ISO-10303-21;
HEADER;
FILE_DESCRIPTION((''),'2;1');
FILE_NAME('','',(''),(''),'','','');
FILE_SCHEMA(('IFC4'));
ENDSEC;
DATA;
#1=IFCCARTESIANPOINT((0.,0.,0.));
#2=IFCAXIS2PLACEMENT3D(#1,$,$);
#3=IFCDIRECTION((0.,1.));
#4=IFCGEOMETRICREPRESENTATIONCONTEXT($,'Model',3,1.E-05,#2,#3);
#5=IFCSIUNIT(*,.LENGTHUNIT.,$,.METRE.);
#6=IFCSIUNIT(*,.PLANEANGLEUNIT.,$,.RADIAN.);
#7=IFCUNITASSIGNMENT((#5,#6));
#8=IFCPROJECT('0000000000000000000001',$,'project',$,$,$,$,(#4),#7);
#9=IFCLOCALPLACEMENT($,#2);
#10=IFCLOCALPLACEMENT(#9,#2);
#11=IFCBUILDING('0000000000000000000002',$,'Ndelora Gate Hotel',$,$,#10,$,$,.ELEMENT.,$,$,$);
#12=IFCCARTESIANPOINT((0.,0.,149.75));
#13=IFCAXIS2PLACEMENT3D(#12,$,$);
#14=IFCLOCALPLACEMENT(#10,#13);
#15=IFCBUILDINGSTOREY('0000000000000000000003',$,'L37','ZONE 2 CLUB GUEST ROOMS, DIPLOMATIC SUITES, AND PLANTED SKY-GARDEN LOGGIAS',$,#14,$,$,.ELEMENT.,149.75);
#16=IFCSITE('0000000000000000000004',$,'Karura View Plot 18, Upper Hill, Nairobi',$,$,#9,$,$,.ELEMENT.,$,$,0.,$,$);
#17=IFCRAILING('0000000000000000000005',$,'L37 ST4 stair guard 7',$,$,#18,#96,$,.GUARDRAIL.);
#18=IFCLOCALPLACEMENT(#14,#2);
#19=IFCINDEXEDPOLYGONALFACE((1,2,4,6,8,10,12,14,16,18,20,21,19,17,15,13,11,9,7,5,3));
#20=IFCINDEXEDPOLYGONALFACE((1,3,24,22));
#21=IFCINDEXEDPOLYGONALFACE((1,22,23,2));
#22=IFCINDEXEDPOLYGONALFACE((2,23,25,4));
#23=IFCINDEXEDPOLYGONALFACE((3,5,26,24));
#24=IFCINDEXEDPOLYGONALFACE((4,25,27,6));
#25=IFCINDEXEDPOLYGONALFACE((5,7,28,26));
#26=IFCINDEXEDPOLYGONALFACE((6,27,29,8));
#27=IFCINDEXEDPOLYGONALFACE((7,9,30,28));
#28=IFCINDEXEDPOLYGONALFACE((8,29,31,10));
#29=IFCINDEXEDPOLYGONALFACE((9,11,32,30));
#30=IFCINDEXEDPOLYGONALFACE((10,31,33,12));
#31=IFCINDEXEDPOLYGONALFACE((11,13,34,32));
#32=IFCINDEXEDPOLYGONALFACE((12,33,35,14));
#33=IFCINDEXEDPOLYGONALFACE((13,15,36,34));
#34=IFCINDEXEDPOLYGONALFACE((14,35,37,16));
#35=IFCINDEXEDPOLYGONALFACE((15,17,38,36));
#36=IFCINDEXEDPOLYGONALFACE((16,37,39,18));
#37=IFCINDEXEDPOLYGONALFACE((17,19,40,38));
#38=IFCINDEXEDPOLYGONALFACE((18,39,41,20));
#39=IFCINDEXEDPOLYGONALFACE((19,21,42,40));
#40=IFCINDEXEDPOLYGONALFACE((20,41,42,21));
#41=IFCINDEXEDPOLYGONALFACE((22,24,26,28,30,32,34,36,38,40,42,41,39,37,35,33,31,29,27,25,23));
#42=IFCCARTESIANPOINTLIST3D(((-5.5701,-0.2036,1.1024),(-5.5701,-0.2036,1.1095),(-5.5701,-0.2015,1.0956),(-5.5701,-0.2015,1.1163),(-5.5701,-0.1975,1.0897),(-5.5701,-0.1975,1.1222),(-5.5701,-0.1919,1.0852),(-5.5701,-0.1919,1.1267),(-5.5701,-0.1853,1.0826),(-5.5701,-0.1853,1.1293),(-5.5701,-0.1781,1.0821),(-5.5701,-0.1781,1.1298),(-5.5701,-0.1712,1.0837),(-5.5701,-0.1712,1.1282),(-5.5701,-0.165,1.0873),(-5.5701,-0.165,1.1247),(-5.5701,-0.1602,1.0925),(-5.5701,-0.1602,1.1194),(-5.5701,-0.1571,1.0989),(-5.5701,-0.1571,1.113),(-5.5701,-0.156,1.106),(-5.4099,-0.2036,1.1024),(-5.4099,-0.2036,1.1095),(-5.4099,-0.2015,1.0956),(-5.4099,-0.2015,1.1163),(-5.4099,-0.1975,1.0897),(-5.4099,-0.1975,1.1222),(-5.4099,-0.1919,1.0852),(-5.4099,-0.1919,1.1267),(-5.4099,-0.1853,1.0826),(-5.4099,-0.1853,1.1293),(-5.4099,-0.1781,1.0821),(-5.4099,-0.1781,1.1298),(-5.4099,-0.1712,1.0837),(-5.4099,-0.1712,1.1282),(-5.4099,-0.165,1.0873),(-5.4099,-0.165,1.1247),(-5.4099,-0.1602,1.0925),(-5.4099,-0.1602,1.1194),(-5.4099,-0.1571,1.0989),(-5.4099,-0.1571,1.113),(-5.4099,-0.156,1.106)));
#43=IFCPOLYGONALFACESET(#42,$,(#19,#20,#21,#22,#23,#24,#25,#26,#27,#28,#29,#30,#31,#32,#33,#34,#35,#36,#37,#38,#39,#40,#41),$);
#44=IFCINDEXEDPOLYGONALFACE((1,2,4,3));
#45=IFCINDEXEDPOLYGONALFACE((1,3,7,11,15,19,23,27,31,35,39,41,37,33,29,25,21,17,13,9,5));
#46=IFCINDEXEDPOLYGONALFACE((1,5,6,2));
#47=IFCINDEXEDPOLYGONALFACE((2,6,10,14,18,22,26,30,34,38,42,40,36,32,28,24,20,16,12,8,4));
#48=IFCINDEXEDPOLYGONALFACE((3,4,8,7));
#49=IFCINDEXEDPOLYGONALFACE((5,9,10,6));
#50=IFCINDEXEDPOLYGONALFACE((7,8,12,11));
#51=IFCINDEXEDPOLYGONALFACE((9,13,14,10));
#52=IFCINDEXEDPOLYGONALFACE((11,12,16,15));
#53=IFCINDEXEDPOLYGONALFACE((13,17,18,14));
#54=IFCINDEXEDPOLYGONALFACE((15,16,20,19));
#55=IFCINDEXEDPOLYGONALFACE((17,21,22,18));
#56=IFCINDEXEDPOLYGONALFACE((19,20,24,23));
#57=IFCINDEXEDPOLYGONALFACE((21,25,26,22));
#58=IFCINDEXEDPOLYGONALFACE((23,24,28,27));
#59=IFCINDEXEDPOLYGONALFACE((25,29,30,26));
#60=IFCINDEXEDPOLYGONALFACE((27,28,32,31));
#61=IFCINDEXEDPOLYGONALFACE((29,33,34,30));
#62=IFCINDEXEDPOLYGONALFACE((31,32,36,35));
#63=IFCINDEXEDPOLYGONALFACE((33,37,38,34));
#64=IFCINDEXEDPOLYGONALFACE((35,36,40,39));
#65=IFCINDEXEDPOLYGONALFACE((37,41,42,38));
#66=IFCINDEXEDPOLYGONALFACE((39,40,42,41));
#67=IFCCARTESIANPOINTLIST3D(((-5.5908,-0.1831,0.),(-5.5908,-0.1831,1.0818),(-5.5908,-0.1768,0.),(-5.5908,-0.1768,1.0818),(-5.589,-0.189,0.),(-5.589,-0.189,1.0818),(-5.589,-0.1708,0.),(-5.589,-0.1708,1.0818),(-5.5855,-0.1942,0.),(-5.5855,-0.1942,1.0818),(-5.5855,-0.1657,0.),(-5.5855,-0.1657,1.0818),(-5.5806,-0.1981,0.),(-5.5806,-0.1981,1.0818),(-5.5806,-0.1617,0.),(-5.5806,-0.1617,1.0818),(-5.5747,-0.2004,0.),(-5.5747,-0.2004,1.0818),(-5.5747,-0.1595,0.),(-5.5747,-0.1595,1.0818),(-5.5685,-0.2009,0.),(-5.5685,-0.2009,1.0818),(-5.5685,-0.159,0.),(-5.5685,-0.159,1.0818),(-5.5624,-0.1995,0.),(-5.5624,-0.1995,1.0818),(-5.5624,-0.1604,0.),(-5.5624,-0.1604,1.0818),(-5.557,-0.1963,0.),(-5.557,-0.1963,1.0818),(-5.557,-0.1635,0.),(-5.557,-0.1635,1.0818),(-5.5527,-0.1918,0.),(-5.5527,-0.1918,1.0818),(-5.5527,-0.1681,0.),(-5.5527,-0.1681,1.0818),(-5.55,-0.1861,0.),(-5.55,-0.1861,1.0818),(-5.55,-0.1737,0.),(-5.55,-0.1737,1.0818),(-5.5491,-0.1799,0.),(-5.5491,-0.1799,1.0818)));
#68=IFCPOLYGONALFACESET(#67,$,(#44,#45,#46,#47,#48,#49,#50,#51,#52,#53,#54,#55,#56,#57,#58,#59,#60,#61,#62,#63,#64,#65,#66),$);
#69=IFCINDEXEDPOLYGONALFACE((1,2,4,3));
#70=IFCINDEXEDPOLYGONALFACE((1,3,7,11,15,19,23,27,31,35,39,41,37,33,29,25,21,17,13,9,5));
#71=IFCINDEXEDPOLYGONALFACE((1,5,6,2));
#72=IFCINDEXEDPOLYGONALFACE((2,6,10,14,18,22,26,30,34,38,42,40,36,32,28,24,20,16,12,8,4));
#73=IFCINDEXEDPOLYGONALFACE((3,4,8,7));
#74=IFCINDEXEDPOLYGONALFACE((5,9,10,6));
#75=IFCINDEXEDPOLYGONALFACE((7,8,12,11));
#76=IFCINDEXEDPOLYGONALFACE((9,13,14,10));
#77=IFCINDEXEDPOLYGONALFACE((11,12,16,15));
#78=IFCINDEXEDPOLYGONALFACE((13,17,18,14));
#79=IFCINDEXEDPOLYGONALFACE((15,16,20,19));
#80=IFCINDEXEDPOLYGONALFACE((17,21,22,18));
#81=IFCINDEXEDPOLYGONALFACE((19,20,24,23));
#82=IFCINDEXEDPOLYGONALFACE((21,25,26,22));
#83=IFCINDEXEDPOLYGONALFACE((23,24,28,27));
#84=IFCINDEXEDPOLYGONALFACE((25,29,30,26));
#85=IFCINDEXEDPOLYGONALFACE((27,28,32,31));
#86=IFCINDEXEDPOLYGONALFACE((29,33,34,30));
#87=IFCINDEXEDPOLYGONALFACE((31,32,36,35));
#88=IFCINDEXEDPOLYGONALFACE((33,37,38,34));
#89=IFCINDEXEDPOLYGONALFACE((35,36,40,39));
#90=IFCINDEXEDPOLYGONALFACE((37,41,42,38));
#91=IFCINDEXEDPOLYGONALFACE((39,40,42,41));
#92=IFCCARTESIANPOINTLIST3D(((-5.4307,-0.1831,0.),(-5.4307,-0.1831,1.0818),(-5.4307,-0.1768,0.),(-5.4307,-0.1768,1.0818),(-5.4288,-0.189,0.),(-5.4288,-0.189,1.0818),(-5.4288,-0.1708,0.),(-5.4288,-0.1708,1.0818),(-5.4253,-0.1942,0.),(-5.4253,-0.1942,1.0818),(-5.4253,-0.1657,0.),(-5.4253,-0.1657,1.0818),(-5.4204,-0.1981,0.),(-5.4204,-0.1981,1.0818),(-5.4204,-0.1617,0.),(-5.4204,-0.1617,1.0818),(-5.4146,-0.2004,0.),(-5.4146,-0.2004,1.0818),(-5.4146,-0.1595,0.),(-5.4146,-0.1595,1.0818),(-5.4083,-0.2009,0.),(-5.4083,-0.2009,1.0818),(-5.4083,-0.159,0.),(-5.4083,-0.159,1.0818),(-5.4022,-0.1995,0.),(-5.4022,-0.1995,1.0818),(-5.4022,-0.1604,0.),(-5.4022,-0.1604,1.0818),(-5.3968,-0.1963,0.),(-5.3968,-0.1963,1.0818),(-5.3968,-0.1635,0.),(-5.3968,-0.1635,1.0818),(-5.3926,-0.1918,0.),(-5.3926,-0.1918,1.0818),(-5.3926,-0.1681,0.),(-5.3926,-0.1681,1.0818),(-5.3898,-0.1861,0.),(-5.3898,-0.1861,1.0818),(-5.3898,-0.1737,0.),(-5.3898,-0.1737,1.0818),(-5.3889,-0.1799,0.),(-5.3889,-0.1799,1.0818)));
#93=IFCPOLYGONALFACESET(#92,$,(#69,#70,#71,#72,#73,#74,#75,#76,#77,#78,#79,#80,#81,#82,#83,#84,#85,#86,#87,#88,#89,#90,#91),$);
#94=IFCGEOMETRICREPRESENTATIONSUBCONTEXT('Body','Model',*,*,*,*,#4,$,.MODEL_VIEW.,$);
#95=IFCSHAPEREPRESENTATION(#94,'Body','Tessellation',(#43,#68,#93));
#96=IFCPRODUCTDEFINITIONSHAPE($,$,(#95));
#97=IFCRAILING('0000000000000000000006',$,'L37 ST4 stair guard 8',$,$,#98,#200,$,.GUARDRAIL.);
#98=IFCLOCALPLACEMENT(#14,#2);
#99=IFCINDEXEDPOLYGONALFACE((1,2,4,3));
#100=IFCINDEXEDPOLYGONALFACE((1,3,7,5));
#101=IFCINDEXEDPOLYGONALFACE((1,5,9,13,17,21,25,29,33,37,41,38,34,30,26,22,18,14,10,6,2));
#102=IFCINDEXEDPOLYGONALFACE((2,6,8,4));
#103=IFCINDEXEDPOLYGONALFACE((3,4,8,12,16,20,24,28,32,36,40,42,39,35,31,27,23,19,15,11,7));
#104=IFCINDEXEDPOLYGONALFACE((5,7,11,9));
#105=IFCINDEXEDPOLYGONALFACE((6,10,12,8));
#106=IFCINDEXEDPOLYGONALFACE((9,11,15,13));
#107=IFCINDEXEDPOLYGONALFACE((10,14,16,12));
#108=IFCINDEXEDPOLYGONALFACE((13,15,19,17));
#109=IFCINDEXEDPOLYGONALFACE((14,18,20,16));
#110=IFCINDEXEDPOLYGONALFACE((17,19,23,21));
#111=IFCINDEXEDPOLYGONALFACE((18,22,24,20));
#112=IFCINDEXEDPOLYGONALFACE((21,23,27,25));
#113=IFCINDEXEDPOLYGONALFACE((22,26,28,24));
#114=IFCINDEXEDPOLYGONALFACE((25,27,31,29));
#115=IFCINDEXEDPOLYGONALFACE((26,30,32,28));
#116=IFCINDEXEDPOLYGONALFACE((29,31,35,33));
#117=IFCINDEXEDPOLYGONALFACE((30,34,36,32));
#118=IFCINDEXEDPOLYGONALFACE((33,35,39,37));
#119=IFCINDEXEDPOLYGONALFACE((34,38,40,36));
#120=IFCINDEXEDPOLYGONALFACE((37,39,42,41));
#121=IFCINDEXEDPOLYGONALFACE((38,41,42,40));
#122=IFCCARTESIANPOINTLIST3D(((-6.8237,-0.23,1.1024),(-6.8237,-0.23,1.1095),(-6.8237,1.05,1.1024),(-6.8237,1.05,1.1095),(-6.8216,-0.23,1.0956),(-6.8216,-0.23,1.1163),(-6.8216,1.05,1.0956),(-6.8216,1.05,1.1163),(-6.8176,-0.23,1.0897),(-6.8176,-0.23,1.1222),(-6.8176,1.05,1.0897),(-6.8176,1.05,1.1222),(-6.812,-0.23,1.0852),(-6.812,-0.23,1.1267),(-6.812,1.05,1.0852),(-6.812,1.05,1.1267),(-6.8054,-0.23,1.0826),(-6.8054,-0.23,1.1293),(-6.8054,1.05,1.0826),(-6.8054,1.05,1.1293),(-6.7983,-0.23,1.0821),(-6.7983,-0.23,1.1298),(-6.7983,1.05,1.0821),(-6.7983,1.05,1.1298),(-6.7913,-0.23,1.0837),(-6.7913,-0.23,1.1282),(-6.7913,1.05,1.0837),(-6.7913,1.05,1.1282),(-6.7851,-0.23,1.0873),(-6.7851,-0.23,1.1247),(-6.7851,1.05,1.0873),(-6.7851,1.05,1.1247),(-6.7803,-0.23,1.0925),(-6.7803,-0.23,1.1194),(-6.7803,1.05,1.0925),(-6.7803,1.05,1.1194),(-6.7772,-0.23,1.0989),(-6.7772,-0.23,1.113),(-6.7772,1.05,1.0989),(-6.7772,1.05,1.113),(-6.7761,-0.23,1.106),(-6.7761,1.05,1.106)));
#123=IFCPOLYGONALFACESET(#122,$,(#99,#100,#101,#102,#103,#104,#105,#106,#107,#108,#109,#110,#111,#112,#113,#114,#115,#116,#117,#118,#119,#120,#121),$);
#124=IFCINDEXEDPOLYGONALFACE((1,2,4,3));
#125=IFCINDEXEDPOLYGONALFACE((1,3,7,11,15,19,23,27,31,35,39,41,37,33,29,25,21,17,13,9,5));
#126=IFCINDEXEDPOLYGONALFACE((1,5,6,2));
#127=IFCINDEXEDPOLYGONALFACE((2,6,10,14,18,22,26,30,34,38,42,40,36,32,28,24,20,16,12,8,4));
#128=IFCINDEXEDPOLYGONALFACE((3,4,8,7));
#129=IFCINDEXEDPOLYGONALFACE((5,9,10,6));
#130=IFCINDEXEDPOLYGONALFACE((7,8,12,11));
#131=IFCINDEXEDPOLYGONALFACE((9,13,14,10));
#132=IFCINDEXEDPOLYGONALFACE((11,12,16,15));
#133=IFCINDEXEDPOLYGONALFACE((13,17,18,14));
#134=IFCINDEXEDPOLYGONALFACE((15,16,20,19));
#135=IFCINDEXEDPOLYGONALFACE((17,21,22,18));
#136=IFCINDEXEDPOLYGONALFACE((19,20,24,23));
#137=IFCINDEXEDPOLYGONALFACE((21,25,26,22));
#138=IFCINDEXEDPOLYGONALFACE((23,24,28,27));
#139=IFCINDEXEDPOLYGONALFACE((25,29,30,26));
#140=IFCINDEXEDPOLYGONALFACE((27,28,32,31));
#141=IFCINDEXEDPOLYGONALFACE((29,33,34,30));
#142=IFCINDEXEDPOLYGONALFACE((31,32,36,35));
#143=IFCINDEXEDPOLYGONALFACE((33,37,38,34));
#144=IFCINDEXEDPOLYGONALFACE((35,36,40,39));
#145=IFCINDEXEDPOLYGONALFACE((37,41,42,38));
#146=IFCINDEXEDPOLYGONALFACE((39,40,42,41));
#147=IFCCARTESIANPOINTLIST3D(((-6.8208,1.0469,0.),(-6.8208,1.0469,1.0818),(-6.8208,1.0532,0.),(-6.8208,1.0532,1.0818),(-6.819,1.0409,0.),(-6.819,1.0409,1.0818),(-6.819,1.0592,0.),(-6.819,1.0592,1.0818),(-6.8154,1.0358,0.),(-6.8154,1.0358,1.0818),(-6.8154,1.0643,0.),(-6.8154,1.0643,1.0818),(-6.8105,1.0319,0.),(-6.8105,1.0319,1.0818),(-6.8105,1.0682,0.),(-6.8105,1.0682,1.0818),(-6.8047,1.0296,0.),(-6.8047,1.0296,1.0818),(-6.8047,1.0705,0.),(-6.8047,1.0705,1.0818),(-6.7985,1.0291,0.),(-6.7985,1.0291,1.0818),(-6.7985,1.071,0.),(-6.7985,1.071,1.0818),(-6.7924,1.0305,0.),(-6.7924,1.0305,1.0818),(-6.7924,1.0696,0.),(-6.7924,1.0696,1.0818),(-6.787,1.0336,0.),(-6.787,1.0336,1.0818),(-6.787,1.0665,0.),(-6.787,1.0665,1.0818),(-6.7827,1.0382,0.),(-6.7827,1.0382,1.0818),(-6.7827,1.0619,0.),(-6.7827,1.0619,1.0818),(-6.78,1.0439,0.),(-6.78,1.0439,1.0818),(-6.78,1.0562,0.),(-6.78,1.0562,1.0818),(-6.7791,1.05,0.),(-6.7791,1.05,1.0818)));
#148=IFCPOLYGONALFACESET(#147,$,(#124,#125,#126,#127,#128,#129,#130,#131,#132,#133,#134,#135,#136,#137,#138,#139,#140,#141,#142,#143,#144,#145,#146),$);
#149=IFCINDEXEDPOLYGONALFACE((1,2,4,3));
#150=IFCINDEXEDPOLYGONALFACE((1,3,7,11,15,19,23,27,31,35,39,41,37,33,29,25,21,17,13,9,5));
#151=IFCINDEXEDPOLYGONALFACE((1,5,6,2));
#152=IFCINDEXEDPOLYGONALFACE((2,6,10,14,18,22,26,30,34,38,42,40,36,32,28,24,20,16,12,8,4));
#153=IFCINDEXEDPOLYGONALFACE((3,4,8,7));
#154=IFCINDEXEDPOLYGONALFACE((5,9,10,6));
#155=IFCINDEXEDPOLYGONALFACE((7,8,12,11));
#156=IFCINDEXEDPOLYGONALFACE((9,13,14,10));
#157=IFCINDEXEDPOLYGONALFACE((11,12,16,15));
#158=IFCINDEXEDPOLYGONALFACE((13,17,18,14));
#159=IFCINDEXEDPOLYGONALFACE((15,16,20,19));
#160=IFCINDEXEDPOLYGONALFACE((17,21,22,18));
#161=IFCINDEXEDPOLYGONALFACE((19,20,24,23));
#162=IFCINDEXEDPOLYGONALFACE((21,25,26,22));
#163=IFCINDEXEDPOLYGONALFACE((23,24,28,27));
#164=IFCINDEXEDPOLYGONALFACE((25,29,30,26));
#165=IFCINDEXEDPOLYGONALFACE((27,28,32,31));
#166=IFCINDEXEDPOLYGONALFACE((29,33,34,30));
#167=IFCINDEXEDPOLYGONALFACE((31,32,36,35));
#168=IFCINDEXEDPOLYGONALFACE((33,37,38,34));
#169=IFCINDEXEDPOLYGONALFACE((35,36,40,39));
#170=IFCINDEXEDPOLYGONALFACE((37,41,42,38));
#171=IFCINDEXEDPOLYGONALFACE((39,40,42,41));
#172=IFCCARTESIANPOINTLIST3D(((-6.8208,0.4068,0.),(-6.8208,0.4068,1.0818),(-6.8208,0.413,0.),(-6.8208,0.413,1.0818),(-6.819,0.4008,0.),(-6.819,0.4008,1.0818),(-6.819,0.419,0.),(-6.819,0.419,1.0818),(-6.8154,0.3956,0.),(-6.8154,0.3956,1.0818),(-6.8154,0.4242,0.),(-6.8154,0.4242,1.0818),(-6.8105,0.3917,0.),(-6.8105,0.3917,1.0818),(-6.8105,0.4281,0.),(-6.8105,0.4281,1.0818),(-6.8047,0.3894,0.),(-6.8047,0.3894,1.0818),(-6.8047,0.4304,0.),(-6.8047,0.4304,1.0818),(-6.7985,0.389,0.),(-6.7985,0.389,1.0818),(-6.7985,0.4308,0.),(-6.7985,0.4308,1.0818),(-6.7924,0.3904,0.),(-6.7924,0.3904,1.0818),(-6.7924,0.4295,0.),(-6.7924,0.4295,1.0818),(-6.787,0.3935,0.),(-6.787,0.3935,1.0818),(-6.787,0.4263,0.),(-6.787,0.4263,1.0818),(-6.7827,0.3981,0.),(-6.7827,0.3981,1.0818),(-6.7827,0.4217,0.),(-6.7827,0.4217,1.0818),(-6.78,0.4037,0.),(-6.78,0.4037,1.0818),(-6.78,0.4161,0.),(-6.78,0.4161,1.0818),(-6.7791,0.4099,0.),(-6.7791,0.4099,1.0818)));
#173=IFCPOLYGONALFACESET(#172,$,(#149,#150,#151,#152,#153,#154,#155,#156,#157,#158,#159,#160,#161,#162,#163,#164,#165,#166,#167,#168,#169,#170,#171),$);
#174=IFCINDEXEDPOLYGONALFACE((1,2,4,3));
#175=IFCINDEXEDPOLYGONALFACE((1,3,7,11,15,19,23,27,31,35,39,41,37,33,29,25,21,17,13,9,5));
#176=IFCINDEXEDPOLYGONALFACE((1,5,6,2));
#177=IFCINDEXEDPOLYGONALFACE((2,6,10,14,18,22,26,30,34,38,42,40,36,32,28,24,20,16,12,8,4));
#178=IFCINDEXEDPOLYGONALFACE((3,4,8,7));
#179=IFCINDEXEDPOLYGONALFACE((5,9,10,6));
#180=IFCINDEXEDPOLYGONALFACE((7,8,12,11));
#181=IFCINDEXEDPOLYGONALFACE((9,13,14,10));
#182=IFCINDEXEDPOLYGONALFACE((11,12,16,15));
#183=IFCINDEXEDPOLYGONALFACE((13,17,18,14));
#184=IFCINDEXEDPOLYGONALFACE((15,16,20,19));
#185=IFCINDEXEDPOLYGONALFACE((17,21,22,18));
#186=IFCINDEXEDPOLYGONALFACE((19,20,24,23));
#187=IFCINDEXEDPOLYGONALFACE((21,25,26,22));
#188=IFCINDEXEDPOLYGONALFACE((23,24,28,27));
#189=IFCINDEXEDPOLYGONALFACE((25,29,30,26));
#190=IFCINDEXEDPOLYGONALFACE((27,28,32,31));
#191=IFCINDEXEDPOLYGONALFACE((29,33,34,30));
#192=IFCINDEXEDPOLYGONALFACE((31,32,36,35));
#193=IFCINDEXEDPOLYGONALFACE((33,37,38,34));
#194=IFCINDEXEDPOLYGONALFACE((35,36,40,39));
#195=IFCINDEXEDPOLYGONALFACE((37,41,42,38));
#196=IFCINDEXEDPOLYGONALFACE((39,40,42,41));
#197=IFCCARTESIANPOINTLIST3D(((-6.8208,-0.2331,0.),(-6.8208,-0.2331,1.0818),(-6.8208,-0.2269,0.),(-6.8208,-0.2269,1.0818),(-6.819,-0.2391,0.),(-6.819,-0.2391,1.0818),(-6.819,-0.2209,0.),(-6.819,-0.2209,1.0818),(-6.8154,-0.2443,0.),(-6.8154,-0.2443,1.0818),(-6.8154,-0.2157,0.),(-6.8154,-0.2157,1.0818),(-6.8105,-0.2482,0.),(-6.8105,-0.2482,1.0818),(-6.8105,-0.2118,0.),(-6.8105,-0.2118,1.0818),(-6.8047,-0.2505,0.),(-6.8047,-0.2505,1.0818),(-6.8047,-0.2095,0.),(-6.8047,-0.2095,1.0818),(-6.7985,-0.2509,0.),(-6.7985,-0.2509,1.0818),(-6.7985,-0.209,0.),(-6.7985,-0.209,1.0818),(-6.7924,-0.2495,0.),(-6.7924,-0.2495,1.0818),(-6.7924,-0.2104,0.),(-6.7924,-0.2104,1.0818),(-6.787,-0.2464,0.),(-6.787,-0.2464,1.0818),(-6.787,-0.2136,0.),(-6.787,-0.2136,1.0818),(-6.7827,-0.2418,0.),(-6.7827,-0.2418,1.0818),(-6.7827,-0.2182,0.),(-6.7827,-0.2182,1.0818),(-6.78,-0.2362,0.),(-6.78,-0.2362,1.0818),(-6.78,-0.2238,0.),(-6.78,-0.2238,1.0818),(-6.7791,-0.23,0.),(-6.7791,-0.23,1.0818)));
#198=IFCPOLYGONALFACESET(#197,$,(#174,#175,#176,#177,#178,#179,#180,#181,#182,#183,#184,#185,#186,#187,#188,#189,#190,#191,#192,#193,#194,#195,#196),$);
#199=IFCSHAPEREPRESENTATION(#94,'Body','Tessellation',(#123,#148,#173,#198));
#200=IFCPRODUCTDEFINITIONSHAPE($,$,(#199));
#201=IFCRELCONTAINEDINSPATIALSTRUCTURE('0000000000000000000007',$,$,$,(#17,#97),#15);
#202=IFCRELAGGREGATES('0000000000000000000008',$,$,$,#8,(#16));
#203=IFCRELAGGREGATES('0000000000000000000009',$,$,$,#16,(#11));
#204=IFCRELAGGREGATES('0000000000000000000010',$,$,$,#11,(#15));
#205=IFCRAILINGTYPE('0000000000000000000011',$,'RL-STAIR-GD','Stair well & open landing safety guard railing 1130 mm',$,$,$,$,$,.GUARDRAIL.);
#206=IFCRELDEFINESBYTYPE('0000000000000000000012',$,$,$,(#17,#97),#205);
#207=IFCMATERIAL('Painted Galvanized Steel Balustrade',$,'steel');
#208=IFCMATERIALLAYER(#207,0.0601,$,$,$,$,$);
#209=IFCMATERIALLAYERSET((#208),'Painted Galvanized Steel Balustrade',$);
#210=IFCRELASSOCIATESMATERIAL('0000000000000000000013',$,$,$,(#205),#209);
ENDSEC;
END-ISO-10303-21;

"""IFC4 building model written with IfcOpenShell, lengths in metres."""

from ifc_helpers import new_model, si_unit, direction, frame, origin, origin_2d, place, context, subcontext, project, spatial, circle, extrude, material, layer, layer_set, type_object, element, save


model = new_model("IFC4")

# Units and contexts
model_context = context("Model", 3, precision=1e-05, world=origin(), true_north=direction((0.0, 1.0)))
body_context = subcontext(model_context, "Body", "Model", "MODEL_VIEW")
ifc_project = project(units=[si_unit("LENGTHUNIT", "METRE"), si_unit("PLANEANGLEUNIT", "RADIAN")], contexts=[model_context])

# Site, building, storey
site_placement = place(None, origin())
site = spatial("IfcSite", under=ifc_project, at=site_placement, Name="Karura View Plot 18, Upper Hill, Nairobi", CompositionType="ELEMENT", RefElevation=0.0)
building_placement = place(site_placement, origin())
building = spatial("IfcBuilding", under=site, at=building_placement, Name="Ndelora Gate Hotel", CompositionType="ELEMENT")
storey_placement = place(building_placement, frame((0.0, 0.0, 149.75)))
storey = spatial("IfcBuildingStorey", under=building, at=storey_placement, Name="L37", Description="ZONE 2 CLUB GUEST ROOMS, DIPLOMATIC SUITES, AND PLANTED SKY-GARDEN LOGGIAS", CompositionType="ELEMENT", Elevation=149.75)

# Railings
ifc_material_1 = material(Name="Painted Galvanized Steel Balustrade", Category="steel")
ifc_layer_1 = layer(ifc_material_1, 0.0601)
ifc_layer_set_1 = layer_set([ifc_layer_1], Name="Painted Galvanized Steel Balustrade")
railing_type_1 = type_object("IfcRailingType", Name="RL-STAIR-GD", Description="Stair well & open landing safety guard railing 1130 mm", PredefinedType="GUARDRAIL", material=ifc_layer_set_1)
railing_1_placement = place(storey_placement, frame((-5.5701, -0.1799, 0.0)))
element("IfcRailing", 1, at=railing_1_placement, inside=storey, type_object=railing_type_1, Name="L37 ST4 stair guard 7", PredefinedType="GUARDRAIL", context=body_context, shape_type="SweptSolid", body=[
    extrude(circle(Radius=0.0239, at=origin_2d()), frame((0.0, 0.0, 1.106), z_axis=(1.0, 0.0, 0.0), x_axis=(0.0, 1.0, 0.0)), (0.0, 0.0, 1.0), 0.1602),
    extrude(circle(Radius=0.021, at=origin_2d()), origin(), (0.0, 0.0, 1.0), 1.0818),
    extrude(circle(Radius=0.021, at=origin_2d()), frame((0.1602, 0.0, 0.0)), (0.0, 0.0, 1.0), 1.0818),
])
for number, where, name in (
    (2, (-6.8, 1.05, 0.0), "L37 ST4 stair guard 8"),
):
    element("IfcRailing", number, at=place(storey_placement, frame(where)), inside=storey, type_object=railing_type_1, Name=name, PredefinedType="GUARDRAIL", context=body_context, shape_type="SweptSolid", body=[
        extrude(circle(Radius=0.0239, at=origin_2d()), frame((0.0, 0.0, 1.106), z_axis=(0.0, -1.0, 0.0), x_axis=(1.0, 0.0, 0.0)), (0.0, 0.0, 1.0), 1.28),
        extrude(circle(Radius=0.021, at=origin_2d()), origin(), (0.0, 0.0, 1.0), 1.0818),
        extrude(circle(Radius=0.021, at=origin_2d()), frame((0.0, -0.6401, 0.0)), (0.0, 0.0, 1.0), 1.0818),
        extrude(circle(Radius=0.021, at=origin_2d()), frame((0.0, -1.28, 0.0)), (0.0, 0.0, 1.0), 1.0818),
    ])

save(model, "model.ifc")
